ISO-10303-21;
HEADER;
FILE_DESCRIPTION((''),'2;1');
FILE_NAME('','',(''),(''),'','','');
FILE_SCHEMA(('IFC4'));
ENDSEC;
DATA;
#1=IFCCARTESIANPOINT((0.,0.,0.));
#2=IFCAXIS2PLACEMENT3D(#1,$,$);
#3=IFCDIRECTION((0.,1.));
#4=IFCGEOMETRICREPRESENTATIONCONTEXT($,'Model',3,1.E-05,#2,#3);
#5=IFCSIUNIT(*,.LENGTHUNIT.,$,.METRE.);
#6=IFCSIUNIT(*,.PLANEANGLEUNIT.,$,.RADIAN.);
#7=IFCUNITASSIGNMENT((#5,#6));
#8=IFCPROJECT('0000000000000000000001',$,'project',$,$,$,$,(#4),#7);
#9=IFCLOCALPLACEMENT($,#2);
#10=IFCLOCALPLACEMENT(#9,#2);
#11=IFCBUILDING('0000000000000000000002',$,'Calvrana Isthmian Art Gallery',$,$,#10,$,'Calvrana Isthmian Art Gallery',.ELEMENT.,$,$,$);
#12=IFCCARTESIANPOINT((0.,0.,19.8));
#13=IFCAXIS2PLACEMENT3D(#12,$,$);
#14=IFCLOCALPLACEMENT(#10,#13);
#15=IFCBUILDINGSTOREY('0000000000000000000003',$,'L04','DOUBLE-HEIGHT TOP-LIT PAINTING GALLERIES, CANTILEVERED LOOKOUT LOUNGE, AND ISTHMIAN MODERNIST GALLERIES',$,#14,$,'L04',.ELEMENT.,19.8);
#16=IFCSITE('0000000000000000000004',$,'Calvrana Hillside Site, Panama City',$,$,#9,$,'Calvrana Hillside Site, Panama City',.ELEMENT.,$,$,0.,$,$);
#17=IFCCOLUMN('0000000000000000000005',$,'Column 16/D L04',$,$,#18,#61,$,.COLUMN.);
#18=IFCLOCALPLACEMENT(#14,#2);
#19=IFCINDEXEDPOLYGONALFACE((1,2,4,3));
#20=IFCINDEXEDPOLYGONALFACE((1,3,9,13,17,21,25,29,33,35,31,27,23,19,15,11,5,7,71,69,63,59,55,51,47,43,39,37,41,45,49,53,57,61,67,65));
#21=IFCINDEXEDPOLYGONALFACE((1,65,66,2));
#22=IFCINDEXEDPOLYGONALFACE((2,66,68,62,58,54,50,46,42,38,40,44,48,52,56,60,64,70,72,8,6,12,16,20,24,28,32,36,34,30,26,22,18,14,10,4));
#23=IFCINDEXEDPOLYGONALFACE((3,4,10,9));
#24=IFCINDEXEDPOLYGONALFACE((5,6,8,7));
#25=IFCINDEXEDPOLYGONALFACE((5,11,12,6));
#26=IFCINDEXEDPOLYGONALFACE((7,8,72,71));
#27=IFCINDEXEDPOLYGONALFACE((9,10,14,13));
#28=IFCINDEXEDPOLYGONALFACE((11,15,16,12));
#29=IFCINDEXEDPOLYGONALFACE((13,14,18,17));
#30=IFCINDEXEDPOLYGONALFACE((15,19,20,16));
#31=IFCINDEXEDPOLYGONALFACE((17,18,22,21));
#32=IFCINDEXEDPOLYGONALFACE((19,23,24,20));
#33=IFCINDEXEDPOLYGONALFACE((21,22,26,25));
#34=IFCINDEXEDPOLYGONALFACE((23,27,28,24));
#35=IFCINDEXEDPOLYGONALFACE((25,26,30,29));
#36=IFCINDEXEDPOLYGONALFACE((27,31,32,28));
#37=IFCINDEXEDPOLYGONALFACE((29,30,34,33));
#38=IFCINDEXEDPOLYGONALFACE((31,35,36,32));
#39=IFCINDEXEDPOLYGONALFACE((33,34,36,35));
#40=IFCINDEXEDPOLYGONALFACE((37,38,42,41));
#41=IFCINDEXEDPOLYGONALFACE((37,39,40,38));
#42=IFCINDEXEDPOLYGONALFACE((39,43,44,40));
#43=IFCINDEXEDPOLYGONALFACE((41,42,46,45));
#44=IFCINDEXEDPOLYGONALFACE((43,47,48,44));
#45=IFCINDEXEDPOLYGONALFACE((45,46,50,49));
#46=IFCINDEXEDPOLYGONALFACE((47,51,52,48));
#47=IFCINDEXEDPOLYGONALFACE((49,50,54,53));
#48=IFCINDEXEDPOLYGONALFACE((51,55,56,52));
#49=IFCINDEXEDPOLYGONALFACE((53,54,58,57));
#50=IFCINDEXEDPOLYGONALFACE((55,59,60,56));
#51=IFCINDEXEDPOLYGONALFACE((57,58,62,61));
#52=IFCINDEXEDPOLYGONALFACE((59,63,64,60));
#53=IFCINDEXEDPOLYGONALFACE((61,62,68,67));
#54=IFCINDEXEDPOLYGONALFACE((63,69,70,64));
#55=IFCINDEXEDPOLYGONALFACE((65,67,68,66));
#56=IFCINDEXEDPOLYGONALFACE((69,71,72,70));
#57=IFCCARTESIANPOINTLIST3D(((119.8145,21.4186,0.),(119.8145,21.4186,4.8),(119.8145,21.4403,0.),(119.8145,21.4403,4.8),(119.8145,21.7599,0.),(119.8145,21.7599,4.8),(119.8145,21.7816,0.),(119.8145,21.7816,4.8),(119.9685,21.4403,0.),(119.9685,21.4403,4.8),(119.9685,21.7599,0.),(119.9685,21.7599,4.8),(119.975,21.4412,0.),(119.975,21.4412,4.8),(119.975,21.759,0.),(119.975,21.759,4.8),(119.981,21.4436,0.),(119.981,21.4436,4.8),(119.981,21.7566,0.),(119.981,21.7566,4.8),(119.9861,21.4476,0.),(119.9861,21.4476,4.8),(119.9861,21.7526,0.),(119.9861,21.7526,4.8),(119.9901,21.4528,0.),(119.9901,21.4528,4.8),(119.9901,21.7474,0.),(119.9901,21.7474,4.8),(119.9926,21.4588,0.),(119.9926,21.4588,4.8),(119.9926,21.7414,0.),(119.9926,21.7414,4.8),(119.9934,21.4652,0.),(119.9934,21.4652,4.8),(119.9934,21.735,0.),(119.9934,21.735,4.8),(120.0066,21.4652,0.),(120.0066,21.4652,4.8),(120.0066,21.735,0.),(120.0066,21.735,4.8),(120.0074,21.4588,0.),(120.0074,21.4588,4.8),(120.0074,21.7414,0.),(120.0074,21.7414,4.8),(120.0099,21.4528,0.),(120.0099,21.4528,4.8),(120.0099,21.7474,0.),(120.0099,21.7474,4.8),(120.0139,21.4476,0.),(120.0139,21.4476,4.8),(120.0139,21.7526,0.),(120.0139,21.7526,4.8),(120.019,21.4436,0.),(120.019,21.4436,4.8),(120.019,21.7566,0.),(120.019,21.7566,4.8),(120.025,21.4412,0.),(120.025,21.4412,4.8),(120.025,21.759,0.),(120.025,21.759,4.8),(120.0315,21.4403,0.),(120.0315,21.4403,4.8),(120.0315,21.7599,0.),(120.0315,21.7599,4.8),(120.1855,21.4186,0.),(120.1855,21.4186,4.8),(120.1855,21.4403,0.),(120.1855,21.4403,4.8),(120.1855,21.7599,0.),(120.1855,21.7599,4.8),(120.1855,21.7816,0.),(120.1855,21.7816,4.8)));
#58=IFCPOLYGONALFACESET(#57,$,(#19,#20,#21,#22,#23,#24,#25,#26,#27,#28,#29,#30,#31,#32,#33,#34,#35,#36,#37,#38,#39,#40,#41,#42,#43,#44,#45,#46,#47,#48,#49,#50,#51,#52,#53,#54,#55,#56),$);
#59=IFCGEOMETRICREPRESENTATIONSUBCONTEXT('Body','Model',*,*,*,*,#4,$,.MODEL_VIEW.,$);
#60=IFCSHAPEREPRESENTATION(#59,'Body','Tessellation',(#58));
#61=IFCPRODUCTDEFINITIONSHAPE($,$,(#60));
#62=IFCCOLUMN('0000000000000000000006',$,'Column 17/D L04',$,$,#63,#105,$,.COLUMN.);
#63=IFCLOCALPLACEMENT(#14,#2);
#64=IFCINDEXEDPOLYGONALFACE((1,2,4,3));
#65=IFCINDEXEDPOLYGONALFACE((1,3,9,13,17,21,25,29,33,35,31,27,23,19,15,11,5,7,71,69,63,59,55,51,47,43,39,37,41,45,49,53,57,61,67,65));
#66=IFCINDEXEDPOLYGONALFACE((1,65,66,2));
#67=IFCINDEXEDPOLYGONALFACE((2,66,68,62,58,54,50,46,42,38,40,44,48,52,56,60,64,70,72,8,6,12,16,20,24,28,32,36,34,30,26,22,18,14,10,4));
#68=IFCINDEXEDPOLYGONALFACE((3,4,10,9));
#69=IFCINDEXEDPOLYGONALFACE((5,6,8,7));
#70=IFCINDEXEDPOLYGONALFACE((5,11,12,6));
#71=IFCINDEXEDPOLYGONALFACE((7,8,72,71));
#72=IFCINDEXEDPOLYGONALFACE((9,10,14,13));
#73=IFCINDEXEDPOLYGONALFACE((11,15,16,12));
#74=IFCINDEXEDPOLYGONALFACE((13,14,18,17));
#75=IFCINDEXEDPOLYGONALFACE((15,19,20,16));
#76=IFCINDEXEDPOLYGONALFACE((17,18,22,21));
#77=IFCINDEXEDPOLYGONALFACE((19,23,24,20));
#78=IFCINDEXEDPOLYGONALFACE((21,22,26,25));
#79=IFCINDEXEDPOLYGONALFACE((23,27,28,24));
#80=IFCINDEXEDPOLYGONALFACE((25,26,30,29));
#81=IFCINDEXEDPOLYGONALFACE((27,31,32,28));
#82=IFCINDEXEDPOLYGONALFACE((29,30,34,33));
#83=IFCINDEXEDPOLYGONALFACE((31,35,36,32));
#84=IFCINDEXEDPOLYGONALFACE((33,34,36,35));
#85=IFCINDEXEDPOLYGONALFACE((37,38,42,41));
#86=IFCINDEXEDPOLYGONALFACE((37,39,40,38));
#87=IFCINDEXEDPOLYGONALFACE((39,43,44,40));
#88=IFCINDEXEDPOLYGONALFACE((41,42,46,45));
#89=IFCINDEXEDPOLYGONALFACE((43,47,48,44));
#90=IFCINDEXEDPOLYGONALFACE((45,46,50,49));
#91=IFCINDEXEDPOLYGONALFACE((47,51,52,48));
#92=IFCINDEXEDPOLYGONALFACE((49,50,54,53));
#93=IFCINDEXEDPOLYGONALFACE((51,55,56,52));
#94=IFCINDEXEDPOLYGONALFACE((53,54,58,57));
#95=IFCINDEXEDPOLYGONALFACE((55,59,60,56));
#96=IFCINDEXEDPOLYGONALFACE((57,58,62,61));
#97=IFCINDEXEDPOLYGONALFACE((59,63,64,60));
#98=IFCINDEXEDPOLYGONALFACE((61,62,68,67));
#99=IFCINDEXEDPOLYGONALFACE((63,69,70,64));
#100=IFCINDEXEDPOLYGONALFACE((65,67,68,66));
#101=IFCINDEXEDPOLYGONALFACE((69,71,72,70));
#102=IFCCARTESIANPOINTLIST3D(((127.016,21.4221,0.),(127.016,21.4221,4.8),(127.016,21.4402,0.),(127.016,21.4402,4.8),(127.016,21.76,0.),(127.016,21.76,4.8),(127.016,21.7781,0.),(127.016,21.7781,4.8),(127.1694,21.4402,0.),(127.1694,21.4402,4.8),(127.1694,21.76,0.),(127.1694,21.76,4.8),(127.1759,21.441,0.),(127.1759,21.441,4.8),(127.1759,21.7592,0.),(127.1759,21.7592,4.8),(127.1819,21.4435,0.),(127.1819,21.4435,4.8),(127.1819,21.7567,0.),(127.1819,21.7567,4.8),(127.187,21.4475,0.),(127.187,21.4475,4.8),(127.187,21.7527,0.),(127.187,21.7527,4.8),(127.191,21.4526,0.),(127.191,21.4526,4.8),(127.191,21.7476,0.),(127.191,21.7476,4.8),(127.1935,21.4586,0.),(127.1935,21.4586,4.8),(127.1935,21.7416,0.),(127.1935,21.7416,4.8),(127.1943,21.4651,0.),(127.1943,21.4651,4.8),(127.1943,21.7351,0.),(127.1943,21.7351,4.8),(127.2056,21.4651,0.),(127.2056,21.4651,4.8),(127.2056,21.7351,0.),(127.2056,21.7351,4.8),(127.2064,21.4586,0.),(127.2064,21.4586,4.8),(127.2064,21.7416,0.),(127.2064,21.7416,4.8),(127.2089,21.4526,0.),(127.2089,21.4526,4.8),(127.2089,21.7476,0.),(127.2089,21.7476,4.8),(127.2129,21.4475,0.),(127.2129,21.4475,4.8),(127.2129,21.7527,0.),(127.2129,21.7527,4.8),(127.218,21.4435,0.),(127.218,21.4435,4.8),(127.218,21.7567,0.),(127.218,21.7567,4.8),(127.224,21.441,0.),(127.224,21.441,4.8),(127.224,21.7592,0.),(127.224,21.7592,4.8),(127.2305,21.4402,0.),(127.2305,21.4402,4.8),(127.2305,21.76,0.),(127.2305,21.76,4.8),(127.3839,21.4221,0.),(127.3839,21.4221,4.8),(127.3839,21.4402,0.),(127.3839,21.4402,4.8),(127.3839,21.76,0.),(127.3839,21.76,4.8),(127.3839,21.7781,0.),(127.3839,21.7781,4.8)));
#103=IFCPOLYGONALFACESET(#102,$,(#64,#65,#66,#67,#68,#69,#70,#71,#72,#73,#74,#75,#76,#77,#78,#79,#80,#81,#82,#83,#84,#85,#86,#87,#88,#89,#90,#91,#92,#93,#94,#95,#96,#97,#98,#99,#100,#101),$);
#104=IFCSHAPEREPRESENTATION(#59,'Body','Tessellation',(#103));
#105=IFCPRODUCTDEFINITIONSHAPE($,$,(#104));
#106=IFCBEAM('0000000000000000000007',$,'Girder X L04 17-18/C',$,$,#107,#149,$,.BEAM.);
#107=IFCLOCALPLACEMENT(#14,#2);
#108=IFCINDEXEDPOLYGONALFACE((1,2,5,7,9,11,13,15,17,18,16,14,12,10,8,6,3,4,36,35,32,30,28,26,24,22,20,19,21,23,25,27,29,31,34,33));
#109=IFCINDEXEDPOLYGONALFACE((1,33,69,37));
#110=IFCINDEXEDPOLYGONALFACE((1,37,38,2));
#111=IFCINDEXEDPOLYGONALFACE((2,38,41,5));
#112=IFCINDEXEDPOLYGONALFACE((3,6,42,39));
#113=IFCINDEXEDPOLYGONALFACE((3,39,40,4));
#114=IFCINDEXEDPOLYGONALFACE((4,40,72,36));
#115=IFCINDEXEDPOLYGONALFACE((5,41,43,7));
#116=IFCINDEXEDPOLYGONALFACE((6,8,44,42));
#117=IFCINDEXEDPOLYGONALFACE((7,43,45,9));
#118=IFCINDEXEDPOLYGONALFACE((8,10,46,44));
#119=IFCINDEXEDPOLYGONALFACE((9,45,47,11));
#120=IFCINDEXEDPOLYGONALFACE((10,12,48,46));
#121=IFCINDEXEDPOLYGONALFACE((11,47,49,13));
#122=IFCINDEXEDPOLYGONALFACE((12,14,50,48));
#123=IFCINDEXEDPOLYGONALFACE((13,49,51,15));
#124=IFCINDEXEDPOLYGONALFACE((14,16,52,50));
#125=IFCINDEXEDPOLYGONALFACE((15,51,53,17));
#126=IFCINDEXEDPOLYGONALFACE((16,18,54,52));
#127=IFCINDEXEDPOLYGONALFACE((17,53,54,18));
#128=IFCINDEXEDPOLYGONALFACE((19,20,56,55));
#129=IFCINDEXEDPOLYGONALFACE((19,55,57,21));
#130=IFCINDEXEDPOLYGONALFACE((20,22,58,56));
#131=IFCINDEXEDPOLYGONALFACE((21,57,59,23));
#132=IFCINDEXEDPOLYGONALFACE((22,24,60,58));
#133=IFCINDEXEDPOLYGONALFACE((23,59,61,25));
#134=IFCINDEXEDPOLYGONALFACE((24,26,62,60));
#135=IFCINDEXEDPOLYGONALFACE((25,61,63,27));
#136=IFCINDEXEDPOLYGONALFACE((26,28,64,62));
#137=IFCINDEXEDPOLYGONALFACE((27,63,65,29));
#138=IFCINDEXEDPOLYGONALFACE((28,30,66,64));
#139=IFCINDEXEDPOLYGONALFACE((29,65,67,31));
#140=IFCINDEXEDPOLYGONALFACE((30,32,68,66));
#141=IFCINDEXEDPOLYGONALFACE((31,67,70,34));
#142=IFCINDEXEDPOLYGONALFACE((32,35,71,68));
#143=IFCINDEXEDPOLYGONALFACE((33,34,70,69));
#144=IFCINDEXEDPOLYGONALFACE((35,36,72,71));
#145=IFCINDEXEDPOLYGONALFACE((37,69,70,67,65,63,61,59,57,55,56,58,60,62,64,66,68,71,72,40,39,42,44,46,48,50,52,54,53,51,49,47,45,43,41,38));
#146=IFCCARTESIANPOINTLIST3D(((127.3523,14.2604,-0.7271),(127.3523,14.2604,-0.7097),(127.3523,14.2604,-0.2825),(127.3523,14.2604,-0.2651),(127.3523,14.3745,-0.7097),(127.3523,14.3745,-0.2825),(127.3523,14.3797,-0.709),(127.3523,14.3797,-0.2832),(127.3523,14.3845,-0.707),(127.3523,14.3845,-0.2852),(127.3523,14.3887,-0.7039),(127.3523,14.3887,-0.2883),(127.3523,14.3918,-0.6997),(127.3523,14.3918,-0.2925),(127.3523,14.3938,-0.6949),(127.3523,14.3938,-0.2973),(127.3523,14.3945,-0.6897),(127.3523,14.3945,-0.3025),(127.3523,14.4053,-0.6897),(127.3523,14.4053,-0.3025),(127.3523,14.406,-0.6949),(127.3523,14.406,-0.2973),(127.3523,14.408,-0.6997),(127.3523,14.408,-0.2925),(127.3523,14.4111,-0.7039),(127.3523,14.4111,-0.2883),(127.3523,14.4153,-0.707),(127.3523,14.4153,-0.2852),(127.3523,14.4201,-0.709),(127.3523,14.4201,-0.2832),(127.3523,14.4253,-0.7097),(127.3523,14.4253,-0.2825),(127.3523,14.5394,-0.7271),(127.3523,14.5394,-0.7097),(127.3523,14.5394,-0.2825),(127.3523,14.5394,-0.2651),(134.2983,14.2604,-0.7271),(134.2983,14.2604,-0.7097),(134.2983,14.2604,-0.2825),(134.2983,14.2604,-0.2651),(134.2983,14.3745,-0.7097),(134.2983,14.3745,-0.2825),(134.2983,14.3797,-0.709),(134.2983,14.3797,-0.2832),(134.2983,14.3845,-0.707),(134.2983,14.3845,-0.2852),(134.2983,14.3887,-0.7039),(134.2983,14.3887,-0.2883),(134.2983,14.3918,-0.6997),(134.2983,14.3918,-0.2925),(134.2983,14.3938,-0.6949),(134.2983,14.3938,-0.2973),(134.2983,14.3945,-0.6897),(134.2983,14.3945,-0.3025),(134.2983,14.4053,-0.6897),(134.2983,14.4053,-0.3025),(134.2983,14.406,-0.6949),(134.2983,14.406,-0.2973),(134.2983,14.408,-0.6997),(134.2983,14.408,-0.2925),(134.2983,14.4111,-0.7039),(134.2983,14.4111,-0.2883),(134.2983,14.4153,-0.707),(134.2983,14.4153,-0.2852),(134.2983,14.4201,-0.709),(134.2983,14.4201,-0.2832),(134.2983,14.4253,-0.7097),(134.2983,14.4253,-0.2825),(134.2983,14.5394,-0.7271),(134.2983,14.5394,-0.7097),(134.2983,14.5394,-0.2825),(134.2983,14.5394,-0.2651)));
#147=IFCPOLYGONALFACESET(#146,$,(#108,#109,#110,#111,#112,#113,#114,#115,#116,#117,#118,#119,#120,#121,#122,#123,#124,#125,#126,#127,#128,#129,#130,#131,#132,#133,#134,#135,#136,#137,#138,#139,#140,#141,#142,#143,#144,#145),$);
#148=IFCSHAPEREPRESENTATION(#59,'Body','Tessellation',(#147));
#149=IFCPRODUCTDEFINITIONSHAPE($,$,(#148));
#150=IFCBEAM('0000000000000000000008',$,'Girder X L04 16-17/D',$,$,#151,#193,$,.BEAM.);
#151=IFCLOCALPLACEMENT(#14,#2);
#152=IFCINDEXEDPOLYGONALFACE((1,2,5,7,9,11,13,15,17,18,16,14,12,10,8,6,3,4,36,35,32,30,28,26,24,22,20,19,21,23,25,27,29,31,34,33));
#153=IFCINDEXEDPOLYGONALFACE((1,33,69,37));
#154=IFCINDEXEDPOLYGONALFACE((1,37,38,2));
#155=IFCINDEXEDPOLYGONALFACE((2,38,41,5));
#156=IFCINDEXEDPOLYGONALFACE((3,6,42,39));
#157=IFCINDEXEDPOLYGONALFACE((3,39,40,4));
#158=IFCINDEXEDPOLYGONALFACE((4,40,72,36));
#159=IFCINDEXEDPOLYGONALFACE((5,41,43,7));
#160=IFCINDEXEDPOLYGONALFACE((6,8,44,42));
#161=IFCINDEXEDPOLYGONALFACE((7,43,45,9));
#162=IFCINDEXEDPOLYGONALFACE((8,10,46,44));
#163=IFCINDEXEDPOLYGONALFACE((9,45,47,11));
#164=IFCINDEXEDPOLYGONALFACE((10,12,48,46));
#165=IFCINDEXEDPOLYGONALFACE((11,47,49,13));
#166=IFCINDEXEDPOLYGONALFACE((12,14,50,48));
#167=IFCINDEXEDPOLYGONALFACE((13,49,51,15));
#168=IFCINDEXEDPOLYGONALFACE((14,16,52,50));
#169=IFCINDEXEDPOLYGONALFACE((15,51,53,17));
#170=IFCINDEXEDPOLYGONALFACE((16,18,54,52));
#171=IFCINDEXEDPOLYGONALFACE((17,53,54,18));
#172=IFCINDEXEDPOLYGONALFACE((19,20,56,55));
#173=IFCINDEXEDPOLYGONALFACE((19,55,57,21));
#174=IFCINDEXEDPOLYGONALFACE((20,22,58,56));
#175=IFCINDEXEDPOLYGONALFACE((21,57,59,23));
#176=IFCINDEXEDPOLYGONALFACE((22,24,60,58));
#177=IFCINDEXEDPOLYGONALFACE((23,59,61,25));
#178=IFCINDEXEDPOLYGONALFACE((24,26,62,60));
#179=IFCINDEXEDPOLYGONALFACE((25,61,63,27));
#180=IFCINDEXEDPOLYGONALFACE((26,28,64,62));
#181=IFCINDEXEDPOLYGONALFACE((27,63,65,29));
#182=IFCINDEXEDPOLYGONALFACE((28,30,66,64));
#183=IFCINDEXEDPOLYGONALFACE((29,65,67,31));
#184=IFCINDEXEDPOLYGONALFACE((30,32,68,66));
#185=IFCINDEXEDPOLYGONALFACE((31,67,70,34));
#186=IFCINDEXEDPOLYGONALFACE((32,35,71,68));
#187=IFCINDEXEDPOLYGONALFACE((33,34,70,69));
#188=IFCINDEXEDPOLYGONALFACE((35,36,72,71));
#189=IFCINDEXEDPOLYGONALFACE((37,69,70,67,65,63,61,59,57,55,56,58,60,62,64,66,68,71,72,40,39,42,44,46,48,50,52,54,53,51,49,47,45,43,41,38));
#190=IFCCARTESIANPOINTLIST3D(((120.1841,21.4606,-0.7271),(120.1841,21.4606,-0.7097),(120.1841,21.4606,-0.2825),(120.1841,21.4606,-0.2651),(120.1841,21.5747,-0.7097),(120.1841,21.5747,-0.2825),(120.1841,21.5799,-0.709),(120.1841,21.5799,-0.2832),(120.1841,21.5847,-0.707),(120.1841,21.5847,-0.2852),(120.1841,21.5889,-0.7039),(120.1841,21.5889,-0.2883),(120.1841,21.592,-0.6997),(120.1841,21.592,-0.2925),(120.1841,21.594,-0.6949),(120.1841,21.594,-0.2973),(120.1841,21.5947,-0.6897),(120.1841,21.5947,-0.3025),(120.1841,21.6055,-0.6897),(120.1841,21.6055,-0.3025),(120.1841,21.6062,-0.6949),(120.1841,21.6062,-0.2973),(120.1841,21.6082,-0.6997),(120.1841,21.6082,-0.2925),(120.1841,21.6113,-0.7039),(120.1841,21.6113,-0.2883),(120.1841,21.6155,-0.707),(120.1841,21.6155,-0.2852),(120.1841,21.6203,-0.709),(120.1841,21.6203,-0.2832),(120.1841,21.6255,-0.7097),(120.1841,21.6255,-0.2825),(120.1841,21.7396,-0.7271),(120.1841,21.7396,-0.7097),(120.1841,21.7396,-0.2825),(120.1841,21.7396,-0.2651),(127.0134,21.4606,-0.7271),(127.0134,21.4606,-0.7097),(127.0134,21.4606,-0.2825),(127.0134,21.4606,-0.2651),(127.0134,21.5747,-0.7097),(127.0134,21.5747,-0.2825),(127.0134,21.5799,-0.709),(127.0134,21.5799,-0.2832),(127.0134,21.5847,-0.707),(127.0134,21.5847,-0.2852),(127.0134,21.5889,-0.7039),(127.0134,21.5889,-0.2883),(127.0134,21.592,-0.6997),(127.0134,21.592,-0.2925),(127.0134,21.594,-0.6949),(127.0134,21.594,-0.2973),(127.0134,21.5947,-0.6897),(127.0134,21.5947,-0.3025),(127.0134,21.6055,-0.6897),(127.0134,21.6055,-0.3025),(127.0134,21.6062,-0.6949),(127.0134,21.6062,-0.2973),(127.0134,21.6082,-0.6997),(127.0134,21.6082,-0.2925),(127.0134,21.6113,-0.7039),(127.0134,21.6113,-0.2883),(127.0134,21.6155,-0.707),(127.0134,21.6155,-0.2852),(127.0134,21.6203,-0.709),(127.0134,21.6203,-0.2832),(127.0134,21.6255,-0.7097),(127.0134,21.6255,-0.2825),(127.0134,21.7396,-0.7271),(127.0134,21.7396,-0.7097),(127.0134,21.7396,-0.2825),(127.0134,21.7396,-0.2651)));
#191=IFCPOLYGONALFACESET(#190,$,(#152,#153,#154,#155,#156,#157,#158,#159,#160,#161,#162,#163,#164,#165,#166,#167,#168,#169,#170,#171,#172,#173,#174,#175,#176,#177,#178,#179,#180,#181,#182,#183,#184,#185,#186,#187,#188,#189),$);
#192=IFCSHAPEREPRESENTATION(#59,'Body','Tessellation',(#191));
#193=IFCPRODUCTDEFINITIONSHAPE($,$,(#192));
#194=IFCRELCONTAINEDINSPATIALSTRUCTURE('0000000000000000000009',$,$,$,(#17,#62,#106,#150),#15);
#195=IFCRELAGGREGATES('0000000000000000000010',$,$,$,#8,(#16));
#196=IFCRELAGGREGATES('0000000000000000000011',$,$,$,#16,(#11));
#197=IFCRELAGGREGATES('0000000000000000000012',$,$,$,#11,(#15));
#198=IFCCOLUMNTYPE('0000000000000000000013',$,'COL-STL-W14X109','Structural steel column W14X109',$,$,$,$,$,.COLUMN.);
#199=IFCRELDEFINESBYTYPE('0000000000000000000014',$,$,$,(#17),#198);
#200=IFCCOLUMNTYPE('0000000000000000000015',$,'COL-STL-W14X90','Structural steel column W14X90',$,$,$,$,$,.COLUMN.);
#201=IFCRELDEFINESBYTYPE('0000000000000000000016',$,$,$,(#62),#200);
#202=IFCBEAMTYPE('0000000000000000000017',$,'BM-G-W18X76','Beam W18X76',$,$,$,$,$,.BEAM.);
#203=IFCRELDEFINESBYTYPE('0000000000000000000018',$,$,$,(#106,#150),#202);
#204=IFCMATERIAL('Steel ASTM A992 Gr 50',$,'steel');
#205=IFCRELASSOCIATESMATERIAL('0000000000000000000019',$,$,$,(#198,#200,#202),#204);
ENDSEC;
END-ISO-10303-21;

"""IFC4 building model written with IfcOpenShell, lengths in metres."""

from ifc_helpers import new_model, si_unit, direction, frame, origin, origin_2d, place, context, subcontext, project, spatial, i_section, extrude, material, material_profile, profile_set, type_object, element, save


model = new_model("IFC4")

# Units and contexts
model_context = context("Model", 3, precision=1e-05, world=origin(), true_north=direction((0.0, 1.0)))
body_context = subcontext(model_context, "Body", "Model", "MODEL_VIEW")
ifc_project = project(units=[si_unit("LENGTHUNIT", "METRE"), si_unit("PLANEANGLEUNIT", "RADIAN")], contexts=[model_context])

# Site, building, storey
site_placement = place(None, origin())
site = spatial("IfcSite", under=ifc_project, at=site_placement, Name="Calvrana Hillside Site, Panama City", LongName="Calvrana Hillside Site, Panama City", CompositionType="ELEMENT", RefElevation=0.0)
building_placement = place(site_placement, origin())
building = spatial("IfcBuilding", under=site, at=building_placement, Name="Calvrana Isthmian Art Gallery", LongName="Calvrana Isthmian Art Gallery", CompositionType="ELEMENT")
storey_placement = place(building_placement, frame((0.0, 0.0, 19.8)))
storey = spatial("IfcBuildingStorey", under=building, at=storey_placement, Name="L04", Description="DOUBLE-HEIGHT TOP-LIT PAINTING GALLERIES, CANTILEVERED LOOKOUT LOUNGE, AND ISTHMIAN MODERNIST GALLERIES", LongName="L04", CompositionType="ELEMENT", Elevation=19.8)

# Columns
ifc_material_1 = material(Name="Steel ASTM A992 Gr 50", Category="steel")
ifc_material_profile_1 = material_profile(ifc_material_1, i_section(OverallWidth=0.3711, OverallDepth=0.363, WebThickness=0.0132, FlangeThickness=0.0217, FilletRadius=0.0249, at=origin_2d()), Name="W14X109")
ifc_profile_set_1 = profile_set([ifc_material_profile_1], Name="Steel ASTM A992 Gr 50")
column_type_1 = type_object("IfcColumnType", Name="COL-STL-W14X109", Description="Structural steel column W14X109", PredefinedType="COLUMN", material=ifc_profile_set_1)
column_1_placement = place(storey_placement, frame((120.0, 21.6001, 0.0), z_axis=(0.0, 0.0, 1.0), x_axis=(1.0, 0.0, 0.0)))
element("IfcColumn", 1, at=column_1_placement, inside=storey, type_object=column_type_1, Name="Column 16/D L04", PredefinedType="COLUMN", context=body_context, shape_type="SweptSolid", body=[
    extrude(i_section(OverallWidth=0.3711, OverallDepth=0.363, WebThickness=0.0132, FlangeThickness=0.0217, FilletRadius=0.0249, at=origin_2d()), origin(), (0.0, 0.0, 1.0), 4.8),
])
ifc_material_profile_2 = material_profile(ifc_material_1, i_section(OverallWidth=0.3679, OverallDepth=0.356, WebThickness=0.0112, FlangeThickness=0.0181, FilletRadius=0.0249, at=origin_2d()), Name="W14X90")
ifc_profile_set_2 = profile_set([ifc_material_profile_2], Name="Steel ASTM A992 Gr 50")
column_type_2 = type_object("IfcColumnType", Name="COL-STL-W14X90", Description="Structural steel column W14X90", PredefinedType="COLUMN", material=ifc_profile_set_2)
column_2_placement = place(storey_placement, frame((127.2, 21.6001, 0.0), z_axis=(0.0, 0.0, 1.0), x_axis=(1.0, 0.0, 0.0)))
element("IfcColumn", 2, at=column_2_placement, inside=storey, type_object=column_type_2, Name="Column 17/D L04", PredefinedType="COLUMN", context=body_context, shape_type="SweptSolid", body=[
    extrude(i_section(OverallWidth=0.3679, OverallDepth=0.356, WebThickness=0.0112, FlangeThickness=0.0181, FilletRadius=0.0249, at=origin_2d()), origin(), (0.0, 0.0, 1.0), 4.8),
])

# Beams
ifc_material_profile_3 = material_profile(ifc_material_1, i_section(OverallWidth=0.2791, OverallDepth=0.4619, WebThickness=0.0107, FlangeThickness=0.0173, FilletRadius=0.02, at=origin_2d()), Name="W18X76")
ifc_profile_set_3 = profile_set([ifc_material_profile_3], Name="Steel ASTM A992 Gr 50")
beam_type_1 = type_object("IfcBeamType", Name="BM-G-W18X76", Description="Beam W18X76", PredefinedType="BEAM", material=ifc_profile_set_3)
beam_1_placement = place(storey_placement, frame((127.3523, 14.3999, -0.4961), z_axis=(1.0, 0.0, 0.0), x_axis=(0.0, 1.0, 0.0)))
element("IfcBeam", 3, at=beam_1_placement, inside=storey, type_object=beam_type_1, Name="Girder X L04 17-18/C", PredefinedType="BEAM", context=body_context, shape_type="SweptSolid", body=[
    extrude(i_section(OverallWidth=0.2791, OverallDepth=0.4619, WebThickness=0.0107, FlangeThickness=0.0173, FilletRadius=0.02, at=origin_2d()), origin(), (0.0, 0.0, 1.0), 6.946),
])
beam_2_placement = place(storey_placement, frame((120.1841, 21.6001, -0.4961), z_axis=(1.0, 0.0, 0.0), x_axis=(0.0, 1.0, 0.0)))
element("IfcBeam", 4, at=beam_2_placement, inside=storey, type_object=beam_type_1, Name="Girder X L04 16-17/D", PredefinedType="BEAM", context=body_context, shape_type="SweptSolid", body=[
    extrude(i_section(OverallWidth=0.2791, OverallDepth=0.4619, WebThickness=0.0107, FlangeThickness=0.0173, FilletRadius=0.02, at=origin_2d()), origin(), (0.0, 0.0, 1.0), 6.8293),
])

save(model, "model.ifc")
